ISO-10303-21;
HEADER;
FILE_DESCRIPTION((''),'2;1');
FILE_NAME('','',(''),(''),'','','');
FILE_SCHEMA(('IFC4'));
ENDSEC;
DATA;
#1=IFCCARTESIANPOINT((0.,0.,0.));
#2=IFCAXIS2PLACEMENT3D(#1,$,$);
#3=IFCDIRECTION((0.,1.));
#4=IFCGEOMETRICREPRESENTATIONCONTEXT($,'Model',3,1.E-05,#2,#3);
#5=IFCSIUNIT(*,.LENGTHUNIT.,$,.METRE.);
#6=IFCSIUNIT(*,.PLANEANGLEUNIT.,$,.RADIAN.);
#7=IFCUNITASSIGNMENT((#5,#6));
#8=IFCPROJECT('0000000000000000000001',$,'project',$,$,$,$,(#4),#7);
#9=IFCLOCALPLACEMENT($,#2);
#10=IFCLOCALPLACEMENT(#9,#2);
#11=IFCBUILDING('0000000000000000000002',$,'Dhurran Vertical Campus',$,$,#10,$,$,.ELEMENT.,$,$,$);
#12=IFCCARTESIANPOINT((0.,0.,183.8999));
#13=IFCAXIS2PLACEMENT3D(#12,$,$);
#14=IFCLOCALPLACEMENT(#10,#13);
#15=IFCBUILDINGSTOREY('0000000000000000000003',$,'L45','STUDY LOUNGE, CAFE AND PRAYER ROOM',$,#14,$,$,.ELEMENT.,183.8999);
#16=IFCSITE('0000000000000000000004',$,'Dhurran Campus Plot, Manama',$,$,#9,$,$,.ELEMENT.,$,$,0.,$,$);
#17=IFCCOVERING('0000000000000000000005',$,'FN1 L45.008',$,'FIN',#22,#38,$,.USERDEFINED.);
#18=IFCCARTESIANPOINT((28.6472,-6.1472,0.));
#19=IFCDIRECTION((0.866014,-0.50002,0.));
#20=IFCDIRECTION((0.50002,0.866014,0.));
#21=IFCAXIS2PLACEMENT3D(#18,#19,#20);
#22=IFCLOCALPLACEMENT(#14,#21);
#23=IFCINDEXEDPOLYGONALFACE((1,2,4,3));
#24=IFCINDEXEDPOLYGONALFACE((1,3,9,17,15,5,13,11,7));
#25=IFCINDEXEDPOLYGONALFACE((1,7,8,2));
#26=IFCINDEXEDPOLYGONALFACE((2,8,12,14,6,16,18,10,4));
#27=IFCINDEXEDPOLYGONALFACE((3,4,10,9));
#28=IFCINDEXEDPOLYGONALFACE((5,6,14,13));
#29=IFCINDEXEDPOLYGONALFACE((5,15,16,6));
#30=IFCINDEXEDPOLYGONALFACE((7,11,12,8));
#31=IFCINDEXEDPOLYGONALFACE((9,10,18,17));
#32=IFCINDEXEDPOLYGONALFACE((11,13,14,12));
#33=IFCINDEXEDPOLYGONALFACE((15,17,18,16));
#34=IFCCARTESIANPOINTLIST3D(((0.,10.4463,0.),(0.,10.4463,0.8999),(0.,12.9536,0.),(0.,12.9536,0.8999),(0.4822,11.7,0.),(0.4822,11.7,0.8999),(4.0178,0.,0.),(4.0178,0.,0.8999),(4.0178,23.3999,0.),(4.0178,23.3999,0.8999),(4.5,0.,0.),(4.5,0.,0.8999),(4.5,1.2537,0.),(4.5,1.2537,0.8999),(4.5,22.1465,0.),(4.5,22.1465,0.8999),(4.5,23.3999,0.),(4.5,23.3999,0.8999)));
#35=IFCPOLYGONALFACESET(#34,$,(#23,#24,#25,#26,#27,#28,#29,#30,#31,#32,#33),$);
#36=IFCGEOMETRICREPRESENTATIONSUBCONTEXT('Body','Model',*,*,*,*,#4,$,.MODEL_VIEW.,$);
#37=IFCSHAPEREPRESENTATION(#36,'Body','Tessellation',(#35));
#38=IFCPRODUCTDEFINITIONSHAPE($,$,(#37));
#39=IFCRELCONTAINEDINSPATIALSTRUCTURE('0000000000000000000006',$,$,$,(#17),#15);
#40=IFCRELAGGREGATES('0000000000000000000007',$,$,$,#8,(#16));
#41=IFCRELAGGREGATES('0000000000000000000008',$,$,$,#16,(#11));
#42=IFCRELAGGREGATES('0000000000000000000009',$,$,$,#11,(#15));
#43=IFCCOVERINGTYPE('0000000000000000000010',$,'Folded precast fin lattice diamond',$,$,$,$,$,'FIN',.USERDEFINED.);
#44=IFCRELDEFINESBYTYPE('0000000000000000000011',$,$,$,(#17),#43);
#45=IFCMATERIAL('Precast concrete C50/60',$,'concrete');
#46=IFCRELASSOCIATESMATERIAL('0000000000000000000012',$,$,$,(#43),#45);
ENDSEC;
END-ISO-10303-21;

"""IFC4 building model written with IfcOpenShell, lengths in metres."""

from ifc_helpers import new_model, si_unit, direction, frame, origin, place, context, subcontext, project, spatial, polyline, outline, extrude, material, type_object, element, save


model = new_model("IFC4")

# Units and contexts
model_context = context("Model", 3, precision=1e-05, world=origin(), true_north=direction((0.0, 1.0)))
body_context = subcontext(model_context, "Body", "Model", "MODEL_VIEW")
ifc_project = project(units=[si_unit("LENGTHUNIT", "METRE"), si_unit("PLANEANGLEUNIT", "RADIAN")], contexts=[model_context])

# Site, building, storey
site_placement = place(None, origin())
site = spatial("IfcSite", under=ifc_project, at=site_placement, Name="Dhurran Campus Plot, Manama", CompositionType="ELEMENT", RefElevation=0.0)
building_placement = place(site_placement, origin())
building = spatial("IfcBuilding", under=site, at=building_placement, Name="Dhurran Vertical Campus", CompositionType="ELEMENT")
storey_placement = place(building_placement, frame((0.0, 0.0, 183.8999)))
storey = spatial("IfcBuildingStorey", under=building, at=storey_placement, Name="L45", Description="STUDY LOUNGE, CAFE AND PRAYER ROOM", CompositionType="ELEMENT", Elevation=183.8999)

# Covering
ifc_material_1 = material(Name="Precast concrete C50/60", Category="concrete")
covering_type = type_object("IfcCoveringType", Name="Folded precast fin lattice diamond", ElementType="FIN", PredefinedType="USERDEFINED", material=ifc_material_1)
covering_1_placement = place(storey_placement, frame((28.6472, -6.1472, 0.0), z_axis=(0.866014, -0.50002, 0.0), x_axis=(0.50002, 0.866014, 0.0)))
element("IfcCovering", 1, at=covering_1_placement, inside=storey, type_object=covering_type, Name="FN1 L45.008", ObjectType="FIN", PredefinedType="USERDEFINED", context=body_context, shape_type="SweptSolid", body=[
    extrude(outline(polyline([(4.0178, 0.0), (0.0, 10.4463), (0.0, 12.9536), (4.0178, 23.3999), (4.5, 23.3999), (4.5, 22.1465), (0.4822, 11.7), (4.5, 1.2537), (4.5, 0.0), (4.0178, 0.0)])), origin(), (0.0, 0.0, 1.0), 0.8999),
])

save(model, "model.ifc")
